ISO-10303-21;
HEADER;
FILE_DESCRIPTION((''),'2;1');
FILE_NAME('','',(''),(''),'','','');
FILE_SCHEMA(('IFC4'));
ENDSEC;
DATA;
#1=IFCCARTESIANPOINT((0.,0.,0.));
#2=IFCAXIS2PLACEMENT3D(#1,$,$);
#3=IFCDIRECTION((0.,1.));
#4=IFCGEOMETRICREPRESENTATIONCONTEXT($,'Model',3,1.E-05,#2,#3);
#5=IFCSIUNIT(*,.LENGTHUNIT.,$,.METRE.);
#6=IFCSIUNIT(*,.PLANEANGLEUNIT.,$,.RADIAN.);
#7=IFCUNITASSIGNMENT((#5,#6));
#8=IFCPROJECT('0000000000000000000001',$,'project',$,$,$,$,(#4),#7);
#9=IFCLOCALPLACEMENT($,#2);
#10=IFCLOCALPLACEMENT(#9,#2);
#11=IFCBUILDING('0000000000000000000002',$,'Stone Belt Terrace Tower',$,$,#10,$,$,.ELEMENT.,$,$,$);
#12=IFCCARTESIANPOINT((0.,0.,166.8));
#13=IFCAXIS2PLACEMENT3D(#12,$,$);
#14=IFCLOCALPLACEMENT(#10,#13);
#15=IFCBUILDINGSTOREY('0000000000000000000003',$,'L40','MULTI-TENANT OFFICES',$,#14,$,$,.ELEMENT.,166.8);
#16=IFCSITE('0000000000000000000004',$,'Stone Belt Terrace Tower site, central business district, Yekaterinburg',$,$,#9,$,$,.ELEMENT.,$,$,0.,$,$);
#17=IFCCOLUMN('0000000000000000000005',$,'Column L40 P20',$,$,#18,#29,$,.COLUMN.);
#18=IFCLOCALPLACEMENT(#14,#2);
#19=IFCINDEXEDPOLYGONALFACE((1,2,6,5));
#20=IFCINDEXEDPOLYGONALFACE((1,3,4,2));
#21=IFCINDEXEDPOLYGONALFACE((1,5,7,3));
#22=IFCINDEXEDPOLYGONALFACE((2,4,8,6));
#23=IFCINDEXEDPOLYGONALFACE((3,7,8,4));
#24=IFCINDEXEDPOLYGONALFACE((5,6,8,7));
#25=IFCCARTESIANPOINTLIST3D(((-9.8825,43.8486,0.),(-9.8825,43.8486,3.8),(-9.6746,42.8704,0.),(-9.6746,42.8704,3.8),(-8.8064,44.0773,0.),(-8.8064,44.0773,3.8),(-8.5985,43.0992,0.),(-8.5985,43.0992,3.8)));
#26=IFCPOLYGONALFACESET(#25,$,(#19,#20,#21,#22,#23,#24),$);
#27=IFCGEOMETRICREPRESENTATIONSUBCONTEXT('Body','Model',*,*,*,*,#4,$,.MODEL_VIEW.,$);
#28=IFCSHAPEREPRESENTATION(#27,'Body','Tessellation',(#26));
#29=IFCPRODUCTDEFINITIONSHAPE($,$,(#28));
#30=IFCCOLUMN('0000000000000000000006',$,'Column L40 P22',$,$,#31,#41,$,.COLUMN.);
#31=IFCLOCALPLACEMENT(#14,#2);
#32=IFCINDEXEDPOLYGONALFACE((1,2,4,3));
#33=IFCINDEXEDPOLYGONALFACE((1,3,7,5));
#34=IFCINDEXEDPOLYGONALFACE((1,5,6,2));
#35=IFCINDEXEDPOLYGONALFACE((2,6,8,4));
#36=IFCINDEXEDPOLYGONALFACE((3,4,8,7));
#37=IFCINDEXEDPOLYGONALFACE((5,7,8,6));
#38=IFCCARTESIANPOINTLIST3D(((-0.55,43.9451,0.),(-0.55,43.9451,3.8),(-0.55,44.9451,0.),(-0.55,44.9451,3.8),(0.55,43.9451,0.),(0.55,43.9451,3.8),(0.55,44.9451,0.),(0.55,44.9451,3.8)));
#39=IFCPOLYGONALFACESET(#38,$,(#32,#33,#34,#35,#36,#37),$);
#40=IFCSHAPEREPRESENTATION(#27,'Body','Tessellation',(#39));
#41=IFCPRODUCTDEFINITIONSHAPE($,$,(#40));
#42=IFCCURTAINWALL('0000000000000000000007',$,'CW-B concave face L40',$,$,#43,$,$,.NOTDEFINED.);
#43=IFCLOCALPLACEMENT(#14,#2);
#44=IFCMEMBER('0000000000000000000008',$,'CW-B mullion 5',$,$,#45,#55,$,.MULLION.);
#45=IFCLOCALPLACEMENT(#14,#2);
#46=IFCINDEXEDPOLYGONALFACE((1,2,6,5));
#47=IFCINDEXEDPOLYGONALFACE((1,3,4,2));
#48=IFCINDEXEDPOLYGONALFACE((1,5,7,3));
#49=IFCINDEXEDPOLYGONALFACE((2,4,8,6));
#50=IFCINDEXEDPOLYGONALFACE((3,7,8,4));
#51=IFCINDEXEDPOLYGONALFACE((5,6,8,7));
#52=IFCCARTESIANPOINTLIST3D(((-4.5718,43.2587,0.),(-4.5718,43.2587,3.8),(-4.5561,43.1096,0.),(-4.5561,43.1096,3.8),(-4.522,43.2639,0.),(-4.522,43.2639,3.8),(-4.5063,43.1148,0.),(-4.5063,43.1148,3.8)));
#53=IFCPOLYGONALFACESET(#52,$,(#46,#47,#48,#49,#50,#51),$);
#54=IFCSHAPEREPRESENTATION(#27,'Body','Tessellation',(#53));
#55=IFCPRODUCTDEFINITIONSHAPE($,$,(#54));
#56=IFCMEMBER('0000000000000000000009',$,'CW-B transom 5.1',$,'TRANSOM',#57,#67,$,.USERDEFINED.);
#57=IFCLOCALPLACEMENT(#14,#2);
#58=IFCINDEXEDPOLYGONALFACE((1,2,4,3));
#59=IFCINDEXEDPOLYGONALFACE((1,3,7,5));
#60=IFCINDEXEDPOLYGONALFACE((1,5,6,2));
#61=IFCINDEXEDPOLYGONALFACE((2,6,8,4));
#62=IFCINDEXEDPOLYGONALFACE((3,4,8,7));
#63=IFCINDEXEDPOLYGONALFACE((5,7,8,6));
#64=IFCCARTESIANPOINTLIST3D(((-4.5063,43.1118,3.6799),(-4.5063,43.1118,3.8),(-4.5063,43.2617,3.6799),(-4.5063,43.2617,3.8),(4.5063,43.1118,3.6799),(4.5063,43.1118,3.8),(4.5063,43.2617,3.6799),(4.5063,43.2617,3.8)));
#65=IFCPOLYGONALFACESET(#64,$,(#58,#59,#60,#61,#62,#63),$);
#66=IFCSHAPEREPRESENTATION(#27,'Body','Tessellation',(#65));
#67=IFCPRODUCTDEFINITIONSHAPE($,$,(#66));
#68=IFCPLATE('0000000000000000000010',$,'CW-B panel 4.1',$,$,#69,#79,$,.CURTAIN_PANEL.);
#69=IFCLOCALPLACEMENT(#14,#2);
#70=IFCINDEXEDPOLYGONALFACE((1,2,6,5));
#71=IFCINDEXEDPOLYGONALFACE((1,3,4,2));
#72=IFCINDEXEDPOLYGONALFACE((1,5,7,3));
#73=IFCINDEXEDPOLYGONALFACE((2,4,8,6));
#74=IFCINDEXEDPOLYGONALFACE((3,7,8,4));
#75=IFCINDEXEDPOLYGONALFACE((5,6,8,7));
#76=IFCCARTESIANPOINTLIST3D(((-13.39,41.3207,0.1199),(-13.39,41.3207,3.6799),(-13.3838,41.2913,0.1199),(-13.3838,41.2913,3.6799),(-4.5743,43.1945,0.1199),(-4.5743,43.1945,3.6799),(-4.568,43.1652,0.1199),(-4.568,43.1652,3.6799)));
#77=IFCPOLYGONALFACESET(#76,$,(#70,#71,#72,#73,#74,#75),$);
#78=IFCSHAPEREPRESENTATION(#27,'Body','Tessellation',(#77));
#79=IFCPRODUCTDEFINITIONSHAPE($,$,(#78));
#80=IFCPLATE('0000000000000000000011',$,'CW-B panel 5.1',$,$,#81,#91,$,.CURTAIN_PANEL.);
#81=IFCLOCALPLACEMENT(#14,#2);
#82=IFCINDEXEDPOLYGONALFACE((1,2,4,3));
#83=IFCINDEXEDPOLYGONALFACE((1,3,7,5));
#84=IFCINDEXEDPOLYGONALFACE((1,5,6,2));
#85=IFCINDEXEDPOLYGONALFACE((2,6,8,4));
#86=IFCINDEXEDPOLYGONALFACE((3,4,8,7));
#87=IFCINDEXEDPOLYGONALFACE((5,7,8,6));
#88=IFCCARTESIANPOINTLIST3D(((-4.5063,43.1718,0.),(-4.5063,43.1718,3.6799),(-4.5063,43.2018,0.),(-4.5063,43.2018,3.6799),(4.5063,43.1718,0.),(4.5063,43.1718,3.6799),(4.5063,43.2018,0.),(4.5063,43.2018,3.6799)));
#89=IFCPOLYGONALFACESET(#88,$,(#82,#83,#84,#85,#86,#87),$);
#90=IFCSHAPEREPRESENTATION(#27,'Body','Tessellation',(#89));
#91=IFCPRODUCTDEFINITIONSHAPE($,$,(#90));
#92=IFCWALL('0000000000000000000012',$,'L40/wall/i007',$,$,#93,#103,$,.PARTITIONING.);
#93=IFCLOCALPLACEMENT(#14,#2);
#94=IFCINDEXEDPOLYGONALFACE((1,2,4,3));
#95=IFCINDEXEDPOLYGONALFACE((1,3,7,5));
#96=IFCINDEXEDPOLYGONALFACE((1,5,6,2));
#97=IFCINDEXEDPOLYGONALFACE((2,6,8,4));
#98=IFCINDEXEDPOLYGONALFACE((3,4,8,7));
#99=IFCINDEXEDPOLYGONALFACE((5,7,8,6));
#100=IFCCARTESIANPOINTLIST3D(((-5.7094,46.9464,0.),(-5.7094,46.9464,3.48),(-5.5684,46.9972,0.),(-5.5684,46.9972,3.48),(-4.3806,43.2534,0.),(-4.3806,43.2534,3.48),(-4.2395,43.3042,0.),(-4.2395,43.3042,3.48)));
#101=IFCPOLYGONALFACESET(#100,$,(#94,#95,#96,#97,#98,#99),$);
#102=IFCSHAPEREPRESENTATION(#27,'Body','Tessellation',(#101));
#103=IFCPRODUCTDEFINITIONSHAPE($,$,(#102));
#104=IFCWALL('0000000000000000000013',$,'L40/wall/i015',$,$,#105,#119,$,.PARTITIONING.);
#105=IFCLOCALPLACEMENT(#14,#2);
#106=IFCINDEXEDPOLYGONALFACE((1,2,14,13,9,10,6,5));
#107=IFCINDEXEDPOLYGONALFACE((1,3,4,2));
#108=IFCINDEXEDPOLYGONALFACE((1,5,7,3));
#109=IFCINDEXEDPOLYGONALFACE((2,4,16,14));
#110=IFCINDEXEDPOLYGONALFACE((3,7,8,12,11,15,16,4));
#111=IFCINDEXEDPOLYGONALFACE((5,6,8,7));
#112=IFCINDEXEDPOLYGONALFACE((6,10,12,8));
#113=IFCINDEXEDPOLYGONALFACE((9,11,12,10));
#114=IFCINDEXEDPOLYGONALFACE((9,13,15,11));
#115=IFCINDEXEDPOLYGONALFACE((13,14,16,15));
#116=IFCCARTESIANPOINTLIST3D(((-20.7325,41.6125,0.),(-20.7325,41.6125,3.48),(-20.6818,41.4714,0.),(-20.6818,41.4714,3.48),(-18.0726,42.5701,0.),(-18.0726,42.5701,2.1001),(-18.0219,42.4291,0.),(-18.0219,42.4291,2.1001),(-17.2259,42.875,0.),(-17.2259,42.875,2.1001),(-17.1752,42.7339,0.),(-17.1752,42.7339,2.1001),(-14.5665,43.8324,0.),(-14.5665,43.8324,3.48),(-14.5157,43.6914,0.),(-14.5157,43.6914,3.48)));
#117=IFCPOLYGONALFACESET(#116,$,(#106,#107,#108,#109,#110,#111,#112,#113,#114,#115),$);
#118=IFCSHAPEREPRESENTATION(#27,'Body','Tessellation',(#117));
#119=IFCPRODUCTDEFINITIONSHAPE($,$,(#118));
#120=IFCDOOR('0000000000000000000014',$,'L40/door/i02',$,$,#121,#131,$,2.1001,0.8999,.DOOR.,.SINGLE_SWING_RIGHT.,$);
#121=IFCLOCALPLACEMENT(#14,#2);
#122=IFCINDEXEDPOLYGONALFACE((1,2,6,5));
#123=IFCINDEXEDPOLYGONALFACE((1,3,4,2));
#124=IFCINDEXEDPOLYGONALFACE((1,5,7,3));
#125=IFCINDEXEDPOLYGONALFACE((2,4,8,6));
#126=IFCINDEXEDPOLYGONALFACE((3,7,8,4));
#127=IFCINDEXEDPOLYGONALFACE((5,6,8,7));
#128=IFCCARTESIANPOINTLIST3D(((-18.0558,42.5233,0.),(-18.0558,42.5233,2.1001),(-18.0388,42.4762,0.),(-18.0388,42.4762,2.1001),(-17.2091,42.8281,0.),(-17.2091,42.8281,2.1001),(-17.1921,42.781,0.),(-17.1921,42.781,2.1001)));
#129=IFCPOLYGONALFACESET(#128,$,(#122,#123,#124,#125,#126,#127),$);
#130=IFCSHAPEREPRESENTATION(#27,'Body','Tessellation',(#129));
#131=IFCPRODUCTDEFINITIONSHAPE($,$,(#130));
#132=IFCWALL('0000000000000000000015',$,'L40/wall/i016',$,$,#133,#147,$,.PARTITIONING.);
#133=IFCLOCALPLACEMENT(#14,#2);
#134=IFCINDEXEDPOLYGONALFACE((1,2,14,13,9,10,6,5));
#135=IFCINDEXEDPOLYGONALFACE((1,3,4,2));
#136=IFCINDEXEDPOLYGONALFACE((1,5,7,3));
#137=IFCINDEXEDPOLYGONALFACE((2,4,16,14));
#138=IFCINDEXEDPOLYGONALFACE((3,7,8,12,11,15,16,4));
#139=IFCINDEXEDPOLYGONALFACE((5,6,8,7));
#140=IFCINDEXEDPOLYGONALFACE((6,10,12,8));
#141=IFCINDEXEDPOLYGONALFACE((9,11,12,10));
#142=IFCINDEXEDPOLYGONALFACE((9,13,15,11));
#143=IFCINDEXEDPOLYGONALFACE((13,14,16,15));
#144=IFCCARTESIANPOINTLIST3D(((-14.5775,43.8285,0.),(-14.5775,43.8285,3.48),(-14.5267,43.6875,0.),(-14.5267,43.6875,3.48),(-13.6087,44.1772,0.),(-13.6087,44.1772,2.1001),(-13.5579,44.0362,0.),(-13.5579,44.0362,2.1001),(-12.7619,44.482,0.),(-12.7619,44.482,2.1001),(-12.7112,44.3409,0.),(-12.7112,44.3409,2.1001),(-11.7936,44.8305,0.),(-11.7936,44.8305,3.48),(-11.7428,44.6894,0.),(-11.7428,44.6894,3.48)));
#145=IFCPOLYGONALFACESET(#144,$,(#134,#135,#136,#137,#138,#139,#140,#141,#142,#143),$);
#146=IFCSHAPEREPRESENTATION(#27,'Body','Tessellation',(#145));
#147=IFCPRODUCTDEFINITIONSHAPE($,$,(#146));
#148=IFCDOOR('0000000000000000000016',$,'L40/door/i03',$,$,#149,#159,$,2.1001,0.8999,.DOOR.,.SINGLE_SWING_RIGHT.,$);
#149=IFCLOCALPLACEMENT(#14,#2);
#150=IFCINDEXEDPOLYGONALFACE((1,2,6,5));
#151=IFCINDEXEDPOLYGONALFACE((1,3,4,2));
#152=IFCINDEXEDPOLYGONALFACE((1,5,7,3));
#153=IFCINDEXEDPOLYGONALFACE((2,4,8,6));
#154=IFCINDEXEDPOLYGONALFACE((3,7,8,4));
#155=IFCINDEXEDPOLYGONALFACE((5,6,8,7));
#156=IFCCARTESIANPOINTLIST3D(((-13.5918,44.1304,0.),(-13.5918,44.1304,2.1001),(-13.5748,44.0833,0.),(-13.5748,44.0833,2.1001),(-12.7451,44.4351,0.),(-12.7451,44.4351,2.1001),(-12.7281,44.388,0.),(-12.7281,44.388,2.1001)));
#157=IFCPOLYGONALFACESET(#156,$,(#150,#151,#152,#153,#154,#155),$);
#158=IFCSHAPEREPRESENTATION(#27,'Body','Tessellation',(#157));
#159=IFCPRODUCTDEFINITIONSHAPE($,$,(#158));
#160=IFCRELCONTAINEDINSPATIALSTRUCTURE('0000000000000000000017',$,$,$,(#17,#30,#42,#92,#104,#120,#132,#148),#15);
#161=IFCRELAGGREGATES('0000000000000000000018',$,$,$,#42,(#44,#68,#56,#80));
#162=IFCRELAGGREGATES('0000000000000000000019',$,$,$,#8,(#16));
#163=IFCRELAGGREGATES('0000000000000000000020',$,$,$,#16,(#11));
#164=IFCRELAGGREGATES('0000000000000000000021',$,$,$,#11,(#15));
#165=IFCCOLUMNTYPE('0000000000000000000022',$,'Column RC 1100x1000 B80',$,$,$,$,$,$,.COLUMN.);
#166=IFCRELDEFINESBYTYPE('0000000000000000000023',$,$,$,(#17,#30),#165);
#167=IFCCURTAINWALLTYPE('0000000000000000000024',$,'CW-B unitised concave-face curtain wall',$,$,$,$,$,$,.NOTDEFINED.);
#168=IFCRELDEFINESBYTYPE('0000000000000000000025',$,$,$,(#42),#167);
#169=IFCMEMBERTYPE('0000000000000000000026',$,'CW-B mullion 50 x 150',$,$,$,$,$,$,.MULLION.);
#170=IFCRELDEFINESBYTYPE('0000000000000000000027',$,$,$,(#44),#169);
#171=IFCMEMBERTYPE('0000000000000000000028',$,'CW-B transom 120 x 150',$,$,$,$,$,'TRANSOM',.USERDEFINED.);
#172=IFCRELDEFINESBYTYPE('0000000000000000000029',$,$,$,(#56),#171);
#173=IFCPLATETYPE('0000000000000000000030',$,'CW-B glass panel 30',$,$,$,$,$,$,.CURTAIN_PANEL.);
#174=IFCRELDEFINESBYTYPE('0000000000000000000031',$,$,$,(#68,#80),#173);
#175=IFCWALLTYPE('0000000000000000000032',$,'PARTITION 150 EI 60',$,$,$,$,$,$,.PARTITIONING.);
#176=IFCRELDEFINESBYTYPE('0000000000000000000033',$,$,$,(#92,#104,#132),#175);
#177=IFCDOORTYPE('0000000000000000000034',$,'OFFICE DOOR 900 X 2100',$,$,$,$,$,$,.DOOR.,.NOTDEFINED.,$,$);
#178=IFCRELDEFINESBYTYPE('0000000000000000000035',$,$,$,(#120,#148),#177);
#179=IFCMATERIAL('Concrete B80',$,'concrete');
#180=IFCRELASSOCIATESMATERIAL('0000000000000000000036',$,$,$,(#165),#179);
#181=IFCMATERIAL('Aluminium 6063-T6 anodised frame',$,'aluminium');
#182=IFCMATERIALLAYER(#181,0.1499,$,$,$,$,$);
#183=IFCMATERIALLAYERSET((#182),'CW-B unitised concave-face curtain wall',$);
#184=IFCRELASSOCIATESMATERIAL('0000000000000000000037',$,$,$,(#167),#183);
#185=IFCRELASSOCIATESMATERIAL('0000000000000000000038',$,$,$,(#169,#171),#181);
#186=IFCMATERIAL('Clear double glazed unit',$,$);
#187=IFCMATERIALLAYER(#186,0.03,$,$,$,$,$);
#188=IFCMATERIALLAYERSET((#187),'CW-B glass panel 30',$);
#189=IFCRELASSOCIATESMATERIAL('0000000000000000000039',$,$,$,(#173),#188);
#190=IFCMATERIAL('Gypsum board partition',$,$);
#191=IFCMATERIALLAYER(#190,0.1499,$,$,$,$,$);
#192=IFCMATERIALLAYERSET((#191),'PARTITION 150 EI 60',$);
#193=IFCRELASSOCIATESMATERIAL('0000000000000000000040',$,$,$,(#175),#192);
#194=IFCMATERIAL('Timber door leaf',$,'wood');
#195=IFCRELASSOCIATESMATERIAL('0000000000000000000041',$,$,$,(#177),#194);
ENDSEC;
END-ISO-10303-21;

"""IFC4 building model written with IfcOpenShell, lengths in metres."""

from ifc_helpers import new_model, si_unit, direction, frame, frame_2d, origin, origin_2d, place, context, subcontext, project, spatial, rectangle, extrude, material, layer, layer_set, material_profile, profile_set, type_object, element, fill, aggregate, save


model = new_model("IFC4")

# Units and contexts
model_context = context("Model", 3, precision=1e-05, world=origin(), true_north=direction((0.0, 1.0)))
body_context = subcontext(model_context, "Body", "Model", "MODEL_VIEW")
ifc_project = project(units=[si_unit("LENGTHUNIT", "METRE"), si_unit("PLANEANGLEUNIT", "RADIAN")], contexts=[model_context])

# Site, building, storey
site_placement = place(None, origin())
site = spatial("IfcSite", under=ifc_project, at=site_placement, Name="Stone Belt Terrace Tower site, central business district, Yekaterinburg", CompositionType="ELEMENT", RefElevation=0.0)
building_placement = place(site_placement, origin())
building = spatial("IfcBuilding", under=site, at=building_placement, Name="Stone Belt Terrace Tower", CompositionType="ELEMENT")
storey_placement = place(building_placement, frame((0.0, 0.0, 166.8)))
storey = spatial("IfcBuildingStorey", under=building, at=storey_placement, Name="L40", Description="MULTI-TENANT OFFICES", CompositionType="ELEMENT", Elevation=166.8)

# Columns
ifc_material_1 = material(Name="Concrete B80", Category="concrete")
ifc_material_profile_1 = material_profile(ifc_material_1, rectangle(XDim=1.1001, YDim=1.0, at=origin_2d()), Name="RC 1100x1000")
ifc_profile_set_1 = profile_set([ifc_material_profile_1], Name="Concrete B80")
column_type = type_object("IfcColumnType", Name="Column RC 1100x1000 B80", PredefinedType="COLUMN", material=ifc_profile_set_1)
for number, where, z_axis, x_axis, name in (
    (1, (-9.2405, 43.4739, 0.0), (0.0, 0.0, 1.0), (0.978148, 0.207912, 0.0), "Column L40 P20"),
    (2, (0.0, 44.4451, 0.0), (0.0, 0.0, 1.0), (1.0, 0.0, 0.0), "Column L40 P22"),
):
    element("IfcColumn", number, at=place(storey_placement, frame(where, z_axis=z_axis, x_axis=x_axis)), inside=storey, type_object=column_type, Name=name, PredefinedType="COLUMN", context=body_context, shape_type="SweptSolid", body=[
        extrude(rectangle(XDim=1.1001, YDim=1.0, at=origin_2d()), origin(), (0.0, 0.0, 1.0), 3.8),
    ])

# Curtain wall, members, plates
ifc_material_2 = material(Name="Aluminium 6063-T6 anodised frame", Category="aluminium")
ifc_layer_1 = layer(ifc_material_2, 0.1499)
ifc_layer_set_1 = layer_set([ifc_layer_1], Name="CW-B unitised concave-face curtain wall")
curtain_wall_type = type_object("IfcCurtainWallType", Name="CW-B unitised concave-face curtain wall", PredefinedType="NOTDEFINED", material=ifc_layer_set_1)
curtain_wall_placement = place(storey_placement, origin())
curtain_wall = element("IfcCurtainWall", 3, at=curtain_wall_placement, inside=storey, type_object=curtain_wall_type, Name="CW-B concave face L40", PredefinedType="NOTDEFINED")
ifc_material_profile_2 = material_profile(ifc_material_2, rectangle(XDim=0.1499, YDim=0.05, at=origin_2d()), Name="Aluminium 6063-T6 50x150")
ifc_profile_set_2 = profile_set([ifc_material_profile_2], Name="Aluminium 6063-T6 anodised frame")
member_type_1 = type_object("IfcMemberType", Name="CW-B mullion 50 x 150", PredefinedType="MULLION", material=ifc_profile_set_2)
member_1_placement = place(storey_placement, frame((-4.5391, 43.1868, 0.0), z_axis=(0.0, 0.0, 1.0), x_axis=(-0.104528, 0.994522, 0.0)))
member_1 = element("IfcMember", 4, at=member_1_placement, type_object=member_type_1, Name="CW-B mullion 5", PredefinedType="MULLION", context=body_context, shape_type="SweptSolid", body=[
    extrude(rectangle(XDim=0.1499, YDim=0.05, at=origin_2d()), origin(), (0.0, 0.0, 1.0), 3.8),
])
ifc_material_profile_3 = material_profile(ifc_material_2, rectangle(XDim=0.1499, YDim=0.1201, at=origin_2d()), Name="Aluminium 6063-T6 150x120")
ifc_profile_set_3 = profile_set([ifc_material_profile_3], Name="Aluminium 6063-T6 anodised frame")
member_type_2 = type_object("IfcMemberType", Name="CW-B transom 120 x 150", ElementType="TRANSOM", PredefinedType="USERDEFINED", material=ifc_profile_set_3)
member_2_placement = place(storey_placement, frame((-4.5063, 43.1868, 3.74), z_axis=(1.0, 0.0, 0.0), x_axis=(0.0, 1.0, 0.0)))
member_2 = element("IfcMember", 5, at=member_2_placement, type_object=member_type_2, Name="CW-B transom 5.1", ObjectType="TRANSOM", PredefinedType="USERDEFINED", context=body_context, shape_type="SweptSolid", body=[
    extrude(rectangle(XDim=0.1499, YDim=0.1201, at=origin_2d()), origin(), (0.0, 0.0, 1.0), 9.0127),
])
ifc_material_3 = material(Name="Clear double glazed unit")
ifc_layer_2 = layer(ifc_material_3, 0.03)
ifc_layer_set_2 = layer_set([ifc_layer_2], Name="CW-B glass panel 30")
plate_type = type_object("IfcPlateType", Name="CW-B glass panel 30", PredefinedType="CURTAIN_PANEL", material=ifc_layer_set_2)
plate_1_placement = place(storey_placement, frame((-8.979, 42.2429, 0.1199), z_axis=(0.0, 0.0, 1.0), x_axis=(0.978148, 0.207912, 0.0)))
plate_1 = element("IfcPlate", 6, at=plate_1_placement, type_object=plate_type, Name="CW-B panel 4.1", PredefinedType="CURTAIN_PANEL", context=body_context, shape_type="SweptSolid", body=[
    extrude(rectangle(XDim=9.0127, YDim=0.03, at=origin_2d()), origin(), (0.0, 0.0, 1.0), 3.5601),
])
plate_2_placement = place(storey_placement, frame((0.0, 43.1868, 0.0), z_axis=(0.0, 0.0, 1.0), x_axis=(1.0, 0.0, 0.0)))
plate_2 = element("IfcPlate", 7, at=plate_2_placement, type_object=plate_type, Name="CW-B panel 5.1", PredefinedType="CURTAIN_PANEL", context=body_context, shape_type="SweptSolid", body=[
    extrude(rectangle(XDim=9.0127, YDim=0.03, at=origin_2d()), origin(), (0.0, 0.0, 1.0), 3.6799),
])
aggregate(curtain_wall, [member_1, plate_1, member_2, plate_2])

# Wall
ifc_material_4 = material(Name="Gypsum board partition")
ifc_layer_3 = layer(ifc_material_4, 0.1499)
ifc_layer_set_3 = layer_set([ifc_layer_3], Name="PARTITION 150 EI 60")
wall_type = type_object("IfcWallType", Name="PARTITION 150 EI 60", PredefinedType="PARTITIONING", material=ifc_layer_set_3)
wall_1_placement = place(storey_placement, frame((-4.3101, 43.2788, 0.0), z_axis=(0.0, 0.0, 1.0), x_axis=(-0.33857, 0.940941, 0.0)))
element("IfcWall", 8, at=wall_1_placement, inside=storey, type_object=wall_type, Name="L40/wall/i007", PredefinedType="PARTITIONING", context=body_context, shape_type="SweptSolid", body=[
    extrude(rectangle(XDim=3.9248, YDim=0.1499, at=frame_2d((1.9624, 0.0))), origin(), (0.0, 0.0, 1.0), 3.48),
])

# Walls, openings, doors
wall_2_placement = place(storey_placement, frame((-14.541, 43.762, 0.0), z_axis=(0.0, 0.0, 1.0), x_axis=(-0.940877, -0.338747, 0.0)))
wall_2 = element("IfcWall", 9, at=wall_2_placement, inside=storey, type_object=wall_type, Name="L40/wall/i015", PredefinedType="PARTITIONING", context=body_context, shape_type="SweptSolid", body=[
    extrude(rectangle(XDim=6.5535, YDim=0.1499, at=frame_2d((3.2769, 0.0))), origin(), (0.0, 0.0, 1.0), 3.48),
])
opening_1_placement = place(wall_2_placement, frame((2.8267, 0.0, 0.0)))
opening_1 = element("IfcOpeningElement", 10, at=opening_1_placement, cuts=wall_2, PredefinedType="OPENING", context=body_context, shape_type="SweptSolid", body=[
    extrude(rectangle(XDim=0.8999, YDim=2.1001, at=frame_2d((0.45, 1.05))), frame((0.0, 0.085, 0.0), z_axis=(0.0, -1.0, 0.0), x_axis=(1.0, 0.0, 0.0)), (0.0, 0.0, 1.0), 0.1699),
])
ifc_material_5 = material(Name="Timber door leaf", Category="wood")
door_type = type_object("IfcDoorType", Name="OFFICE DOOR 900 X 2100", OperationType="NOTDEFINED", PredefinedType="DOOR", material=ifc_material_5)
door_1_placement = place(opening_1_placement, origin())
door_1 = element("IfcDoor", 11, at=door_1_placement, inside=storey, type_object=door_type, Name="L40/door/i02", OperationType="SINGLE_SWING_RIGHT", OverallHeight=2.1001, OverallWidth=0.8999, PredefinedType="DOOR", context=body_context, shape_type="SweptSolid", body=[
    extrude(rectangle(XDim=0.8999, YDim=2.1001, at=frame_2d((0.45, 1.05))), frame((0.0, 0.0249, 0.0), z_axis=(0.0, -1.0, 0.0), x_axis=(1.0, 0.0, 0.0)), (0.0, 0.0, 1.0), 0.05),
])
fill(opening_1, door_1)
wall_3_placement = place(storey_placement, frame((-11.7681, 44.76, 0.0), z_axis=(0.0, 0.0, 1.0), x_axis=(-0.940916, -0.338641, 0.0)))
wall_3 = element("IfcWall", 12, at=wall_3_placement, inside=storey, type_object=wall_type, Name="L40/wall/i016", PredefinedType="PARTITIONING", context=body_context, shape_type="SweptSolid", body=[
    extrude(rectangle(XDim=2.9587, YDim=0.1499, at=frame_2d((1.4795, 0.0))), origin(), (0.0, 0.0, 1.0), 3.48),
])
opening_2_placement = place(wall_3_placement, frame((1.0293, 0.0, 0.0)))
opening_2 = element("IfcOpeningElement", 13, at=opening_2_placement, cuts=wall_3, PredefinedType="OPENING", context=body_context, shape_type="SweptSolid", body=[
    extrude(rectangle(XDim=0.8999, YDim=2.1001, at=frame_2d((0.45, 1.05))), frame((0.0, 0.085, 0.0), z_axis=(0.0, -1.0, 0.0), x_axis=(1.0, 0.0, 0.0)), (0.0, 0.0, 1.0), 0.1699),
])
door_2_placement = place(opening_2_placement, origin())
door_2 = element("IfcDoor", 14, at=door_2_placement, inside=storey, type_object=door_type, Name="L40/door/i03", OperationType="SINGLE_SWING_RIGHT", OverallHeight=2.1001, OverallWidth=0.8999, PredefinedType="DOOR", context=body_context, shape_type="SweptSolid", body=[
    extrude(rectangle(XDim=0.8999, YDim=2.1001, at=frame_2d((0.45, 1.05))), frame((0.0, 0.0249, 0.0), z_axis=(0.0, -1.0, 0.0), x_axis=(1.0, 0.0, 0.0)), (0.0, 0.0, 1.0), 0.05),
])
fill(opening_2, door_2)

save(model, "model.ifc")
